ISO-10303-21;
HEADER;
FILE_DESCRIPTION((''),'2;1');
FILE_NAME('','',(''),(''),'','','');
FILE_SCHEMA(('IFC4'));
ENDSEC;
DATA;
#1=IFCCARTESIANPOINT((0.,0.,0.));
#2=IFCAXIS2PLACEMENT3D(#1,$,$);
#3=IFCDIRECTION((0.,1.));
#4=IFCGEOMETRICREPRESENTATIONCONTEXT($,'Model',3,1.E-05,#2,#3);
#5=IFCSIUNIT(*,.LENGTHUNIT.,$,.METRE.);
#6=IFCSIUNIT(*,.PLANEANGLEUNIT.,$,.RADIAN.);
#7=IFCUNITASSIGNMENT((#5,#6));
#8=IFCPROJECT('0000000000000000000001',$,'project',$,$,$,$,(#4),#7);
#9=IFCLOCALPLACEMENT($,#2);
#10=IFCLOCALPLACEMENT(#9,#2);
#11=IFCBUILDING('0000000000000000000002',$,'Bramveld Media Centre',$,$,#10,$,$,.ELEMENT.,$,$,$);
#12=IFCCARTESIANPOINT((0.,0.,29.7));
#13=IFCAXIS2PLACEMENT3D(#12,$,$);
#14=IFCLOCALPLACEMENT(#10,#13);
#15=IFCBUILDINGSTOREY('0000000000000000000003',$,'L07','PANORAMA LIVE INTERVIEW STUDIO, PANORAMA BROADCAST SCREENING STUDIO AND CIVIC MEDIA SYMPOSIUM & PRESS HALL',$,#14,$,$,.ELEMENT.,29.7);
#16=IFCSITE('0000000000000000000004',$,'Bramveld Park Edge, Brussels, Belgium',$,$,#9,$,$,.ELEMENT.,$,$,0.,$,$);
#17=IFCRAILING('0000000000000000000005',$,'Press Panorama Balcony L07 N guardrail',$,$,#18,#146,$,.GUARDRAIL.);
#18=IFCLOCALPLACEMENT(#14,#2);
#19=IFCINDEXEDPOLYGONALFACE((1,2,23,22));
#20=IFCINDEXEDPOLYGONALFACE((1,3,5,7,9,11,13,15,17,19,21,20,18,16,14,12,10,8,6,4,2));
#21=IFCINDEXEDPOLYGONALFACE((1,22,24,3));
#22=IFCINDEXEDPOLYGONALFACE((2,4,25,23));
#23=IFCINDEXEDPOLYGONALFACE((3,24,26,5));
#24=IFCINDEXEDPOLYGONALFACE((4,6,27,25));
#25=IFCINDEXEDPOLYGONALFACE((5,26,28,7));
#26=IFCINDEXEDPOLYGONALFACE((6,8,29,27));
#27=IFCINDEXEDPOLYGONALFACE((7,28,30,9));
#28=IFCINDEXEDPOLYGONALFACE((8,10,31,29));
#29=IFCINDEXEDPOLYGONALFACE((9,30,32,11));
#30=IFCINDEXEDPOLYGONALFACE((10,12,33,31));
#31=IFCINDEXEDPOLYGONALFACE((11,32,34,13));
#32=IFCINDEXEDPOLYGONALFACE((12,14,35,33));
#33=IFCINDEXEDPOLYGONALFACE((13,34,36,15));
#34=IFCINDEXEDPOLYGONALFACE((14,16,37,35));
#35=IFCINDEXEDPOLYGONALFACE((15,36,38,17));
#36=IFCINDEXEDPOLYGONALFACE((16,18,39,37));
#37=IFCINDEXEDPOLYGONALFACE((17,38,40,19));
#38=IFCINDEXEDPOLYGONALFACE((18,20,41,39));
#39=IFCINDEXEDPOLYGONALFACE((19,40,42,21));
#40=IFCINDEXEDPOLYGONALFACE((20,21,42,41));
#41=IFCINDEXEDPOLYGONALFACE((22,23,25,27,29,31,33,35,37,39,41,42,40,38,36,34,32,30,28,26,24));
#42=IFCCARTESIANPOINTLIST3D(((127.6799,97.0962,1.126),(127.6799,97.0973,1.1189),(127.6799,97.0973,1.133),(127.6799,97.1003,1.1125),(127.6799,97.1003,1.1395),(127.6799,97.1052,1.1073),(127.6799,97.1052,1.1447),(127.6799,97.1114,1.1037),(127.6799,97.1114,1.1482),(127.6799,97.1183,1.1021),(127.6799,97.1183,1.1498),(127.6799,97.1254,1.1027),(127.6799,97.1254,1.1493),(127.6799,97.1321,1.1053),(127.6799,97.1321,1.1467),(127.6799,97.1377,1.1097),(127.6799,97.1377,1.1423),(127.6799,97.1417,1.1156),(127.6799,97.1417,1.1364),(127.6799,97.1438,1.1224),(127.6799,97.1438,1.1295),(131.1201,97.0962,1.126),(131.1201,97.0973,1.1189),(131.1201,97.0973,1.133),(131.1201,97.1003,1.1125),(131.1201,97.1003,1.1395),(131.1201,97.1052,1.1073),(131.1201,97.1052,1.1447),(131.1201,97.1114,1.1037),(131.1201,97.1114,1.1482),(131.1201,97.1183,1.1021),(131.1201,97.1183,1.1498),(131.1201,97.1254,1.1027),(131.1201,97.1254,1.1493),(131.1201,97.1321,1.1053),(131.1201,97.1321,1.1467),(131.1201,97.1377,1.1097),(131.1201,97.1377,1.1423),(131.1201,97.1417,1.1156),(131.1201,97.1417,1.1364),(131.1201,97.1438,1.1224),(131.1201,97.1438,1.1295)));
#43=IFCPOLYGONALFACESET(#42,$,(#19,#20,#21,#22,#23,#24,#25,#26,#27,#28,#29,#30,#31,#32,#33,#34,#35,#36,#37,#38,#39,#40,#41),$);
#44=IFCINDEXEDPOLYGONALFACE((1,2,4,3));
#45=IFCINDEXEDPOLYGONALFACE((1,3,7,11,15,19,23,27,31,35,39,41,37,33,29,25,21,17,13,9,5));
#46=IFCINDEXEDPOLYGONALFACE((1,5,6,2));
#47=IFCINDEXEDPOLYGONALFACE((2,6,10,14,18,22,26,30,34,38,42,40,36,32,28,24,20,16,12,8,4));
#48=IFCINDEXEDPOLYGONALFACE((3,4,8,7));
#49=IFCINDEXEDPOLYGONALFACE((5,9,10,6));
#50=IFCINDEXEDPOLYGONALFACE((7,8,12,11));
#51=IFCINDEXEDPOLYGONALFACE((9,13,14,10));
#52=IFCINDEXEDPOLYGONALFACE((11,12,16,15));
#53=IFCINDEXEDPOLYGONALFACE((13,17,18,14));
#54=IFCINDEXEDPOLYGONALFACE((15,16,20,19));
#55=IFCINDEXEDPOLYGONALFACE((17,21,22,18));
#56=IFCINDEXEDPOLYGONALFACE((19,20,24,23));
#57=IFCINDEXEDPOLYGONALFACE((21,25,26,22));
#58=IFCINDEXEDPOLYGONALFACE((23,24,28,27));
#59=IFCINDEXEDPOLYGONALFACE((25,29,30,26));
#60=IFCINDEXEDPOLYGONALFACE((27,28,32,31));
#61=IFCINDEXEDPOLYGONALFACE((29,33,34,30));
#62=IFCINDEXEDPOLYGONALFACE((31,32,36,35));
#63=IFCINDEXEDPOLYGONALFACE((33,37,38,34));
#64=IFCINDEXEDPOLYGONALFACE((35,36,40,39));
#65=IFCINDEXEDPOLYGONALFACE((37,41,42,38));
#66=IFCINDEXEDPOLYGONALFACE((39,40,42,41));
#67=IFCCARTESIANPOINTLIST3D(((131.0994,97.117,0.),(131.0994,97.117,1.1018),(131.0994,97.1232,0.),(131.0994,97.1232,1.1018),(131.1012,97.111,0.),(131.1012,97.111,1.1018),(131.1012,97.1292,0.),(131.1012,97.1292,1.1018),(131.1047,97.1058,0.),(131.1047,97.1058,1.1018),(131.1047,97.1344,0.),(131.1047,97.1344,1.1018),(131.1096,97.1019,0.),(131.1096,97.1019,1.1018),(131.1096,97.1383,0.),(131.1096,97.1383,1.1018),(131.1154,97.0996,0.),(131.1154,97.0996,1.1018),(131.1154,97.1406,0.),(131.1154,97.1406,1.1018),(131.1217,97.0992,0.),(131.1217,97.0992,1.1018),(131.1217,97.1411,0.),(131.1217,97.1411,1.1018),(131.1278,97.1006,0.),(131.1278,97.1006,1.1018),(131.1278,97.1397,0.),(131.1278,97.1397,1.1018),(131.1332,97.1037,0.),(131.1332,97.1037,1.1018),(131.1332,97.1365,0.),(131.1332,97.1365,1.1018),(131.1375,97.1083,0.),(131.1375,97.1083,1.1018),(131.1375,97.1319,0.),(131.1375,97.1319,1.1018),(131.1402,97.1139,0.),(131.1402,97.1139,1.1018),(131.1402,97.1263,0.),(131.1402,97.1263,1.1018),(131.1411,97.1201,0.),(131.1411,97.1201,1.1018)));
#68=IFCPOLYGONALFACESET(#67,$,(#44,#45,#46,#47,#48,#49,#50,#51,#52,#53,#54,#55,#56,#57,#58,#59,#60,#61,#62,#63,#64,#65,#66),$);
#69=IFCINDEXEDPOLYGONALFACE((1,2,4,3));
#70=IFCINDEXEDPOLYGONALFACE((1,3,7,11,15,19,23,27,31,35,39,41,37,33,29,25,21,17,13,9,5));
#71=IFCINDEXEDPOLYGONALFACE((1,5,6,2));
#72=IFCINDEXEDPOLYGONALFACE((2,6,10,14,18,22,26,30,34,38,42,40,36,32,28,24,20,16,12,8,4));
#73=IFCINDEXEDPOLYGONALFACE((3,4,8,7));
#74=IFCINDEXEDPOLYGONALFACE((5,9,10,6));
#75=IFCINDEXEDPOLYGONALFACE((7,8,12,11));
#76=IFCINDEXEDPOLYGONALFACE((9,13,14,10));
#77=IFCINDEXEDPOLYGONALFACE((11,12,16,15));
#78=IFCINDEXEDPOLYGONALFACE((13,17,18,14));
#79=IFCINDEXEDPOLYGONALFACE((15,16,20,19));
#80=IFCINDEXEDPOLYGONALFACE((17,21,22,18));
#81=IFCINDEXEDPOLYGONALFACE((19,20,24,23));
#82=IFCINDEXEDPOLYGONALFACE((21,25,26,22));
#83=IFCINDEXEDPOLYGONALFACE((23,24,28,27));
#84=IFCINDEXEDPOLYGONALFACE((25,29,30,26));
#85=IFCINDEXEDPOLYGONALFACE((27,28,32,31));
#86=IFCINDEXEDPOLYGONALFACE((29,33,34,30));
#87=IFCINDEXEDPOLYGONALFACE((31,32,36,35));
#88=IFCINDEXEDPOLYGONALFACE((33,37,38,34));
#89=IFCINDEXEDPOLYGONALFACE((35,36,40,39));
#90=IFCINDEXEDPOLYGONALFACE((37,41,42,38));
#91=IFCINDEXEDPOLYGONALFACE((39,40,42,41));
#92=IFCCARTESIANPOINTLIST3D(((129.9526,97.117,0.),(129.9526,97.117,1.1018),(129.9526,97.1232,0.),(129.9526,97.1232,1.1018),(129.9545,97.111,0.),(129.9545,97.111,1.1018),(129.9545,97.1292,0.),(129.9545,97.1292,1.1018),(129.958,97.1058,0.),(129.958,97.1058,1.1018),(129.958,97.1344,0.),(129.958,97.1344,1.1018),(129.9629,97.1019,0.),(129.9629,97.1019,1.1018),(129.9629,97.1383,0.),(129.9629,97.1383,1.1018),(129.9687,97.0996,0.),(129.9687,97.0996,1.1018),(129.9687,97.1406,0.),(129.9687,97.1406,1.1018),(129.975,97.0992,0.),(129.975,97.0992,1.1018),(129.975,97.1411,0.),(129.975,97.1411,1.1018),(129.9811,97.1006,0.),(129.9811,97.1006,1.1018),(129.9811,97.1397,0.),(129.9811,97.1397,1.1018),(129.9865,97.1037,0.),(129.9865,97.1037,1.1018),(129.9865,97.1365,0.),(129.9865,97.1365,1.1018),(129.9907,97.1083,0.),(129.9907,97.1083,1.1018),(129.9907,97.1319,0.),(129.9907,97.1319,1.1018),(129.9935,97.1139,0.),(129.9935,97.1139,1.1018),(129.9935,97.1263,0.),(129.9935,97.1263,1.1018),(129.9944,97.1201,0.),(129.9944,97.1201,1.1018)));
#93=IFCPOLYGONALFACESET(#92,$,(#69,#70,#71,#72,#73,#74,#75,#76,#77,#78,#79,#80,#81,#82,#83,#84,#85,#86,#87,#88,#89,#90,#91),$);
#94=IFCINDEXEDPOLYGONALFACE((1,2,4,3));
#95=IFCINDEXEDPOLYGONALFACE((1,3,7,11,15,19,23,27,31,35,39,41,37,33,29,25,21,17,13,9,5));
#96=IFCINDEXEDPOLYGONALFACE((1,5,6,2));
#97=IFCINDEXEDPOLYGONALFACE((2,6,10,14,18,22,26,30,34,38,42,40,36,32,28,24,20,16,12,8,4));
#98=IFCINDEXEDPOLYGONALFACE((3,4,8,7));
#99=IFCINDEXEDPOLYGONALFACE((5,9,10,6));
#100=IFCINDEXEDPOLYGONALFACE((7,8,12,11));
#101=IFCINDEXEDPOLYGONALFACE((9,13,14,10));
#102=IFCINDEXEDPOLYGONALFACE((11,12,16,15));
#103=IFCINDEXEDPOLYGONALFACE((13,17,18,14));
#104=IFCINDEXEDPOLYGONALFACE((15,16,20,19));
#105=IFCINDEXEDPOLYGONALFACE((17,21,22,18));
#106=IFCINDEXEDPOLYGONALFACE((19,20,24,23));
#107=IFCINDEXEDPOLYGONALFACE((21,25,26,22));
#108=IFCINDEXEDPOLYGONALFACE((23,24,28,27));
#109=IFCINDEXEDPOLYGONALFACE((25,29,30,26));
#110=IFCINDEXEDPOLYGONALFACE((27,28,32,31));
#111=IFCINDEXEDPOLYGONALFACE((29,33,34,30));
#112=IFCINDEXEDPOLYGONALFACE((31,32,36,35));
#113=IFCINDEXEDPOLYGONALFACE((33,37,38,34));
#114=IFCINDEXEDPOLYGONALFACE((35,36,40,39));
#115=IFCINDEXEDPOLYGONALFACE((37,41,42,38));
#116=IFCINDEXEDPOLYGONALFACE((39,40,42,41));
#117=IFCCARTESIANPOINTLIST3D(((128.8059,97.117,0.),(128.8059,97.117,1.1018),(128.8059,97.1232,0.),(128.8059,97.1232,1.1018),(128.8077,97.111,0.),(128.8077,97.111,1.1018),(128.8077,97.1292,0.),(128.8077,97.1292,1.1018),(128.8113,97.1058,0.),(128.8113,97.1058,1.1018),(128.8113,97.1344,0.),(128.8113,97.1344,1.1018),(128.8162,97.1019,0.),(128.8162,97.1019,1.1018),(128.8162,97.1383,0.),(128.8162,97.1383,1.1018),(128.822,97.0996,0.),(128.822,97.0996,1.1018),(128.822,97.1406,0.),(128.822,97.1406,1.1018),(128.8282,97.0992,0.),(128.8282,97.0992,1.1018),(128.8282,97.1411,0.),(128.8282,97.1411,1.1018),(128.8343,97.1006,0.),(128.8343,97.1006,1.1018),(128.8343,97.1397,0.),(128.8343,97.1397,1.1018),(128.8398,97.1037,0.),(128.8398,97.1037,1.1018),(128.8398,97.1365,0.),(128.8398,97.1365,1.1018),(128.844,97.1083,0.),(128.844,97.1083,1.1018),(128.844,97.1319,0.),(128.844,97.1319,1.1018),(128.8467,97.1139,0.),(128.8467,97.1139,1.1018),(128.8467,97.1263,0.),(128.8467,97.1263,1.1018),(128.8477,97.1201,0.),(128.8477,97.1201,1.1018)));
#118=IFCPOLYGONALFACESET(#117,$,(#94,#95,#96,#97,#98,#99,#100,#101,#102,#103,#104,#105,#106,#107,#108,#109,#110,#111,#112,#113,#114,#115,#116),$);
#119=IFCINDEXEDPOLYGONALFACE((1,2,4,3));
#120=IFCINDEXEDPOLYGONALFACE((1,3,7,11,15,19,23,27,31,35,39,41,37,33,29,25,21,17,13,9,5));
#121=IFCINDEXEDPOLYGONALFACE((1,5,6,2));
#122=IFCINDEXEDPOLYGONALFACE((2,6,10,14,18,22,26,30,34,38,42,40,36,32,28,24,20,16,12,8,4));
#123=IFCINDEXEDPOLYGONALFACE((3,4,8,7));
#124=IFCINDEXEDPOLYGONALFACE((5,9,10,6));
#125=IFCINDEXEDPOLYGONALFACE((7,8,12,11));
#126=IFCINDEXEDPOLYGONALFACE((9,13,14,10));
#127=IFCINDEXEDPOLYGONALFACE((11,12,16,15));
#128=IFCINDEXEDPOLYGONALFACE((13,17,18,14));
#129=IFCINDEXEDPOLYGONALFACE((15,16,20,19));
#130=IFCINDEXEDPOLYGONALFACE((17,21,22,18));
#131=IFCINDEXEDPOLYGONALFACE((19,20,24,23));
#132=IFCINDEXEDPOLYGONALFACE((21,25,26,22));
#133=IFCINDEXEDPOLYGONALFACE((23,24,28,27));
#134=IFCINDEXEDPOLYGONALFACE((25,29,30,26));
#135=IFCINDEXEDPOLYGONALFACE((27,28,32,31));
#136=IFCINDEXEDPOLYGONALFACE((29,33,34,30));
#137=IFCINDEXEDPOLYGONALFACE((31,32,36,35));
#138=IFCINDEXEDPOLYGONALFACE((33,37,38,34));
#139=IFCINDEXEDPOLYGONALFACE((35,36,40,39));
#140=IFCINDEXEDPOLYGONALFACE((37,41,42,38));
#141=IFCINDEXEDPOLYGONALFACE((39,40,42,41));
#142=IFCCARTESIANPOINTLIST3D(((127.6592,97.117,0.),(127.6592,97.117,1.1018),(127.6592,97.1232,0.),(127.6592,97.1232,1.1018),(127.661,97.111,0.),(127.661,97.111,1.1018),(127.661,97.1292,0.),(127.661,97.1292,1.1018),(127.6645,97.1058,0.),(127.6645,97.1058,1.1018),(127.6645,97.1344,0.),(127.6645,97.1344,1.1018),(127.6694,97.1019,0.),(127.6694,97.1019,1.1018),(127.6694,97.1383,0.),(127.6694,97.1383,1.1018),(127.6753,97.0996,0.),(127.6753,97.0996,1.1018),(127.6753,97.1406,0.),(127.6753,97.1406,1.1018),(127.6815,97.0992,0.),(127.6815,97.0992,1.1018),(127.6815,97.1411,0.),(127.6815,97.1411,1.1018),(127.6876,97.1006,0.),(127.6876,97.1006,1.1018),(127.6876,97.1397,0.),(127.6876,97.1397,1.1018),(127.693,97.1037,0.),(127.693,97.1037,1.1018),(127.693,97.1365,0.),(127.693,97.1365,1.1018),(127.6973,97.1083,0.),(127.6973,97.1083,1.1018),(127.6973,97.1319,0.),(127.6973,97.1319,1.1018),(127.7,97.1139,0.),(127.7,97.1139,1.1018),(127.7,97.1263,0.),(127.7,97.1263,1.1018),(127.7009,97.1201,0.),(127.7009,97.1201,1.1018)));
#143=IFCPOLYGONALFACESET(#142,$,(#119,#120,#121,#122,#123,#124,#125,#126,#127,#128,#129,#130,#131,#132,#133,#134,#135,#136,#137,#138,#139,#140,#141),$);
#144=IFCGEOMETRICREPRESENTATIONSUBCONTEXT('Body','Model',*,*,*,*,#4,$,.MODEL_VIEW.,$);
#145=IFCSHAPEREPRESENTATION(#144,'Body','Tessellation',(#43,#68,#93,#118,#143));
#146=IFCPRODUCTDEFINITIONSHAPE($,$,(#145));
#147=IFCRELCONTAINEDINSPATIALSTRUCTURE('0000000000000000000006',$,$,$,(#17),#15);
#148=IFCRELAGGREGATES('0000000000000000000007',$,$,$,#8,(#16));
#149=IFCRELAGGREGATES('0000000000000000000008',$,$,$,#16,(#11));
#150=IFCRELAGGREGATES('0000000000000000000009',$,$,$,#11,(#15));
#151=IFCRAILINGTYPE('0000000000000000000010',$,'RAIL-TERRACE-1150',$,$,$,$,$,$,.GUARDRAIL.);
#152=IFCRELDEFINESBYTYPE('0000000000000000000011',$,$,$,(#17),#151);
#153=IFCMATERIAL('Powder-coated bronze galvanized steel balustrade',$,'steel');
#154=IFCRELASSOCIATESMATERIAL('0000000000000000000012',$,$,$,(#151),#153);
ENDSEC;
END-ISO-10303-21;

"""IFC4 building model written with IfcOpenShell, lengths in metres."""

from ifc_helpers import new_model, si_unit, direction, frame, origin, origin_2d, place, context, subcontext, project, spatial, circle, extrude, material, type_object, element, save


model = new_model("IFC4")

# Units and contexts
model_context = context("Model", 3, precision=1e-05, world=origin(), true_north=direction((0.0, 1.0)))
body_context = subcontext(model_context, "Body", "Model", "MODEL_VIEW")
ifc_project = project(units=[si_unit("LENGTHUNIT", "METRE"), si_unit("PLANEANGLEUNIT", "RADIAN")], contexts=[model_context])

# Site, building, storey
site_placement = place(None, origin())
site = spatial("IfcSite", under=ifc_project, at=site_placement, Name="Bramveld Park Edge, Brussels, Belgium", CompositionType="ELEMENT", RefElevation=0.0)
building_placement = place(site_placement, origin())
building = spatial("IfcBuilding", under=site, at=building_placement, Name="Bramveld Media Centre", CompositionType="ELEMENT")
storey_placement = place(building_placement, frame((0.0, 0.0, 29.7)))
storey = spatial("IfcBuildingStorey", under=building, at=storey_placement, Name="L07", Description="PANORAMA LIVE INTERVIEW STUDIO, PANORAMA BROADCAST SCREENING STUDIO AND CIVIC MEDIA SYMPOSIUM & PRESS HALL", CompositionType="ELEMENT", Elevation=29.7)

# Railing
ifc_material_1 = material(Name="Powder-coated bronze galvanized steel balustrade", Category="steel")
railing_type = type_object("IfcRailingType", Name="RAIL-TERRACE-1150", PredefinedType="GUARDRAIL", material=ifc_material_1)
railing_1_placement = place(storey_placement, frame((131.1201, 97.1201, 0.0)))
element("IfcRailing", 1, at=railing_1_placement, inside=storey, type_object=railing_type, Name="Press Panorama Balcony L07 N guardrail", PredefinedType="GUARDRAIL", context=body_context, shape_type="SweptSolid", body=[
    extrude(circle(Radius=0.0239, at=origin_2d()), frame((0.0, 0.0, 1.126), z_axis=(-1.0, 0.0, 0.0), x_axis=(0.0, -1.0, 0.0)), (0.0, 0.0, 1.0), 3.4402),
    extrude(circle(Radius=0.021, at=origin_2d()), origin(), (0.0, 0.0, 1.0), 1.1018),
    extrude(circle(Radius=0.021, at=origin_2d()), frame((-1.1467, 0.0, 0.0)), (0.0, 0.0, 1.0), 1.1018),
    extrude(circle(Radius=0.021, at=origin_2d()), frame((-2.2935, 0.0, 0.0)), (0.0, 0.0, 1.0), 1.1018),
    extrude(circle(Radius=0.021, at=origin_2d()), frame((-3.4402, 0.0, 0.0)), (0.0, 0.0, 1.0), 1.1018),
])

save(model, "model.ifc")
